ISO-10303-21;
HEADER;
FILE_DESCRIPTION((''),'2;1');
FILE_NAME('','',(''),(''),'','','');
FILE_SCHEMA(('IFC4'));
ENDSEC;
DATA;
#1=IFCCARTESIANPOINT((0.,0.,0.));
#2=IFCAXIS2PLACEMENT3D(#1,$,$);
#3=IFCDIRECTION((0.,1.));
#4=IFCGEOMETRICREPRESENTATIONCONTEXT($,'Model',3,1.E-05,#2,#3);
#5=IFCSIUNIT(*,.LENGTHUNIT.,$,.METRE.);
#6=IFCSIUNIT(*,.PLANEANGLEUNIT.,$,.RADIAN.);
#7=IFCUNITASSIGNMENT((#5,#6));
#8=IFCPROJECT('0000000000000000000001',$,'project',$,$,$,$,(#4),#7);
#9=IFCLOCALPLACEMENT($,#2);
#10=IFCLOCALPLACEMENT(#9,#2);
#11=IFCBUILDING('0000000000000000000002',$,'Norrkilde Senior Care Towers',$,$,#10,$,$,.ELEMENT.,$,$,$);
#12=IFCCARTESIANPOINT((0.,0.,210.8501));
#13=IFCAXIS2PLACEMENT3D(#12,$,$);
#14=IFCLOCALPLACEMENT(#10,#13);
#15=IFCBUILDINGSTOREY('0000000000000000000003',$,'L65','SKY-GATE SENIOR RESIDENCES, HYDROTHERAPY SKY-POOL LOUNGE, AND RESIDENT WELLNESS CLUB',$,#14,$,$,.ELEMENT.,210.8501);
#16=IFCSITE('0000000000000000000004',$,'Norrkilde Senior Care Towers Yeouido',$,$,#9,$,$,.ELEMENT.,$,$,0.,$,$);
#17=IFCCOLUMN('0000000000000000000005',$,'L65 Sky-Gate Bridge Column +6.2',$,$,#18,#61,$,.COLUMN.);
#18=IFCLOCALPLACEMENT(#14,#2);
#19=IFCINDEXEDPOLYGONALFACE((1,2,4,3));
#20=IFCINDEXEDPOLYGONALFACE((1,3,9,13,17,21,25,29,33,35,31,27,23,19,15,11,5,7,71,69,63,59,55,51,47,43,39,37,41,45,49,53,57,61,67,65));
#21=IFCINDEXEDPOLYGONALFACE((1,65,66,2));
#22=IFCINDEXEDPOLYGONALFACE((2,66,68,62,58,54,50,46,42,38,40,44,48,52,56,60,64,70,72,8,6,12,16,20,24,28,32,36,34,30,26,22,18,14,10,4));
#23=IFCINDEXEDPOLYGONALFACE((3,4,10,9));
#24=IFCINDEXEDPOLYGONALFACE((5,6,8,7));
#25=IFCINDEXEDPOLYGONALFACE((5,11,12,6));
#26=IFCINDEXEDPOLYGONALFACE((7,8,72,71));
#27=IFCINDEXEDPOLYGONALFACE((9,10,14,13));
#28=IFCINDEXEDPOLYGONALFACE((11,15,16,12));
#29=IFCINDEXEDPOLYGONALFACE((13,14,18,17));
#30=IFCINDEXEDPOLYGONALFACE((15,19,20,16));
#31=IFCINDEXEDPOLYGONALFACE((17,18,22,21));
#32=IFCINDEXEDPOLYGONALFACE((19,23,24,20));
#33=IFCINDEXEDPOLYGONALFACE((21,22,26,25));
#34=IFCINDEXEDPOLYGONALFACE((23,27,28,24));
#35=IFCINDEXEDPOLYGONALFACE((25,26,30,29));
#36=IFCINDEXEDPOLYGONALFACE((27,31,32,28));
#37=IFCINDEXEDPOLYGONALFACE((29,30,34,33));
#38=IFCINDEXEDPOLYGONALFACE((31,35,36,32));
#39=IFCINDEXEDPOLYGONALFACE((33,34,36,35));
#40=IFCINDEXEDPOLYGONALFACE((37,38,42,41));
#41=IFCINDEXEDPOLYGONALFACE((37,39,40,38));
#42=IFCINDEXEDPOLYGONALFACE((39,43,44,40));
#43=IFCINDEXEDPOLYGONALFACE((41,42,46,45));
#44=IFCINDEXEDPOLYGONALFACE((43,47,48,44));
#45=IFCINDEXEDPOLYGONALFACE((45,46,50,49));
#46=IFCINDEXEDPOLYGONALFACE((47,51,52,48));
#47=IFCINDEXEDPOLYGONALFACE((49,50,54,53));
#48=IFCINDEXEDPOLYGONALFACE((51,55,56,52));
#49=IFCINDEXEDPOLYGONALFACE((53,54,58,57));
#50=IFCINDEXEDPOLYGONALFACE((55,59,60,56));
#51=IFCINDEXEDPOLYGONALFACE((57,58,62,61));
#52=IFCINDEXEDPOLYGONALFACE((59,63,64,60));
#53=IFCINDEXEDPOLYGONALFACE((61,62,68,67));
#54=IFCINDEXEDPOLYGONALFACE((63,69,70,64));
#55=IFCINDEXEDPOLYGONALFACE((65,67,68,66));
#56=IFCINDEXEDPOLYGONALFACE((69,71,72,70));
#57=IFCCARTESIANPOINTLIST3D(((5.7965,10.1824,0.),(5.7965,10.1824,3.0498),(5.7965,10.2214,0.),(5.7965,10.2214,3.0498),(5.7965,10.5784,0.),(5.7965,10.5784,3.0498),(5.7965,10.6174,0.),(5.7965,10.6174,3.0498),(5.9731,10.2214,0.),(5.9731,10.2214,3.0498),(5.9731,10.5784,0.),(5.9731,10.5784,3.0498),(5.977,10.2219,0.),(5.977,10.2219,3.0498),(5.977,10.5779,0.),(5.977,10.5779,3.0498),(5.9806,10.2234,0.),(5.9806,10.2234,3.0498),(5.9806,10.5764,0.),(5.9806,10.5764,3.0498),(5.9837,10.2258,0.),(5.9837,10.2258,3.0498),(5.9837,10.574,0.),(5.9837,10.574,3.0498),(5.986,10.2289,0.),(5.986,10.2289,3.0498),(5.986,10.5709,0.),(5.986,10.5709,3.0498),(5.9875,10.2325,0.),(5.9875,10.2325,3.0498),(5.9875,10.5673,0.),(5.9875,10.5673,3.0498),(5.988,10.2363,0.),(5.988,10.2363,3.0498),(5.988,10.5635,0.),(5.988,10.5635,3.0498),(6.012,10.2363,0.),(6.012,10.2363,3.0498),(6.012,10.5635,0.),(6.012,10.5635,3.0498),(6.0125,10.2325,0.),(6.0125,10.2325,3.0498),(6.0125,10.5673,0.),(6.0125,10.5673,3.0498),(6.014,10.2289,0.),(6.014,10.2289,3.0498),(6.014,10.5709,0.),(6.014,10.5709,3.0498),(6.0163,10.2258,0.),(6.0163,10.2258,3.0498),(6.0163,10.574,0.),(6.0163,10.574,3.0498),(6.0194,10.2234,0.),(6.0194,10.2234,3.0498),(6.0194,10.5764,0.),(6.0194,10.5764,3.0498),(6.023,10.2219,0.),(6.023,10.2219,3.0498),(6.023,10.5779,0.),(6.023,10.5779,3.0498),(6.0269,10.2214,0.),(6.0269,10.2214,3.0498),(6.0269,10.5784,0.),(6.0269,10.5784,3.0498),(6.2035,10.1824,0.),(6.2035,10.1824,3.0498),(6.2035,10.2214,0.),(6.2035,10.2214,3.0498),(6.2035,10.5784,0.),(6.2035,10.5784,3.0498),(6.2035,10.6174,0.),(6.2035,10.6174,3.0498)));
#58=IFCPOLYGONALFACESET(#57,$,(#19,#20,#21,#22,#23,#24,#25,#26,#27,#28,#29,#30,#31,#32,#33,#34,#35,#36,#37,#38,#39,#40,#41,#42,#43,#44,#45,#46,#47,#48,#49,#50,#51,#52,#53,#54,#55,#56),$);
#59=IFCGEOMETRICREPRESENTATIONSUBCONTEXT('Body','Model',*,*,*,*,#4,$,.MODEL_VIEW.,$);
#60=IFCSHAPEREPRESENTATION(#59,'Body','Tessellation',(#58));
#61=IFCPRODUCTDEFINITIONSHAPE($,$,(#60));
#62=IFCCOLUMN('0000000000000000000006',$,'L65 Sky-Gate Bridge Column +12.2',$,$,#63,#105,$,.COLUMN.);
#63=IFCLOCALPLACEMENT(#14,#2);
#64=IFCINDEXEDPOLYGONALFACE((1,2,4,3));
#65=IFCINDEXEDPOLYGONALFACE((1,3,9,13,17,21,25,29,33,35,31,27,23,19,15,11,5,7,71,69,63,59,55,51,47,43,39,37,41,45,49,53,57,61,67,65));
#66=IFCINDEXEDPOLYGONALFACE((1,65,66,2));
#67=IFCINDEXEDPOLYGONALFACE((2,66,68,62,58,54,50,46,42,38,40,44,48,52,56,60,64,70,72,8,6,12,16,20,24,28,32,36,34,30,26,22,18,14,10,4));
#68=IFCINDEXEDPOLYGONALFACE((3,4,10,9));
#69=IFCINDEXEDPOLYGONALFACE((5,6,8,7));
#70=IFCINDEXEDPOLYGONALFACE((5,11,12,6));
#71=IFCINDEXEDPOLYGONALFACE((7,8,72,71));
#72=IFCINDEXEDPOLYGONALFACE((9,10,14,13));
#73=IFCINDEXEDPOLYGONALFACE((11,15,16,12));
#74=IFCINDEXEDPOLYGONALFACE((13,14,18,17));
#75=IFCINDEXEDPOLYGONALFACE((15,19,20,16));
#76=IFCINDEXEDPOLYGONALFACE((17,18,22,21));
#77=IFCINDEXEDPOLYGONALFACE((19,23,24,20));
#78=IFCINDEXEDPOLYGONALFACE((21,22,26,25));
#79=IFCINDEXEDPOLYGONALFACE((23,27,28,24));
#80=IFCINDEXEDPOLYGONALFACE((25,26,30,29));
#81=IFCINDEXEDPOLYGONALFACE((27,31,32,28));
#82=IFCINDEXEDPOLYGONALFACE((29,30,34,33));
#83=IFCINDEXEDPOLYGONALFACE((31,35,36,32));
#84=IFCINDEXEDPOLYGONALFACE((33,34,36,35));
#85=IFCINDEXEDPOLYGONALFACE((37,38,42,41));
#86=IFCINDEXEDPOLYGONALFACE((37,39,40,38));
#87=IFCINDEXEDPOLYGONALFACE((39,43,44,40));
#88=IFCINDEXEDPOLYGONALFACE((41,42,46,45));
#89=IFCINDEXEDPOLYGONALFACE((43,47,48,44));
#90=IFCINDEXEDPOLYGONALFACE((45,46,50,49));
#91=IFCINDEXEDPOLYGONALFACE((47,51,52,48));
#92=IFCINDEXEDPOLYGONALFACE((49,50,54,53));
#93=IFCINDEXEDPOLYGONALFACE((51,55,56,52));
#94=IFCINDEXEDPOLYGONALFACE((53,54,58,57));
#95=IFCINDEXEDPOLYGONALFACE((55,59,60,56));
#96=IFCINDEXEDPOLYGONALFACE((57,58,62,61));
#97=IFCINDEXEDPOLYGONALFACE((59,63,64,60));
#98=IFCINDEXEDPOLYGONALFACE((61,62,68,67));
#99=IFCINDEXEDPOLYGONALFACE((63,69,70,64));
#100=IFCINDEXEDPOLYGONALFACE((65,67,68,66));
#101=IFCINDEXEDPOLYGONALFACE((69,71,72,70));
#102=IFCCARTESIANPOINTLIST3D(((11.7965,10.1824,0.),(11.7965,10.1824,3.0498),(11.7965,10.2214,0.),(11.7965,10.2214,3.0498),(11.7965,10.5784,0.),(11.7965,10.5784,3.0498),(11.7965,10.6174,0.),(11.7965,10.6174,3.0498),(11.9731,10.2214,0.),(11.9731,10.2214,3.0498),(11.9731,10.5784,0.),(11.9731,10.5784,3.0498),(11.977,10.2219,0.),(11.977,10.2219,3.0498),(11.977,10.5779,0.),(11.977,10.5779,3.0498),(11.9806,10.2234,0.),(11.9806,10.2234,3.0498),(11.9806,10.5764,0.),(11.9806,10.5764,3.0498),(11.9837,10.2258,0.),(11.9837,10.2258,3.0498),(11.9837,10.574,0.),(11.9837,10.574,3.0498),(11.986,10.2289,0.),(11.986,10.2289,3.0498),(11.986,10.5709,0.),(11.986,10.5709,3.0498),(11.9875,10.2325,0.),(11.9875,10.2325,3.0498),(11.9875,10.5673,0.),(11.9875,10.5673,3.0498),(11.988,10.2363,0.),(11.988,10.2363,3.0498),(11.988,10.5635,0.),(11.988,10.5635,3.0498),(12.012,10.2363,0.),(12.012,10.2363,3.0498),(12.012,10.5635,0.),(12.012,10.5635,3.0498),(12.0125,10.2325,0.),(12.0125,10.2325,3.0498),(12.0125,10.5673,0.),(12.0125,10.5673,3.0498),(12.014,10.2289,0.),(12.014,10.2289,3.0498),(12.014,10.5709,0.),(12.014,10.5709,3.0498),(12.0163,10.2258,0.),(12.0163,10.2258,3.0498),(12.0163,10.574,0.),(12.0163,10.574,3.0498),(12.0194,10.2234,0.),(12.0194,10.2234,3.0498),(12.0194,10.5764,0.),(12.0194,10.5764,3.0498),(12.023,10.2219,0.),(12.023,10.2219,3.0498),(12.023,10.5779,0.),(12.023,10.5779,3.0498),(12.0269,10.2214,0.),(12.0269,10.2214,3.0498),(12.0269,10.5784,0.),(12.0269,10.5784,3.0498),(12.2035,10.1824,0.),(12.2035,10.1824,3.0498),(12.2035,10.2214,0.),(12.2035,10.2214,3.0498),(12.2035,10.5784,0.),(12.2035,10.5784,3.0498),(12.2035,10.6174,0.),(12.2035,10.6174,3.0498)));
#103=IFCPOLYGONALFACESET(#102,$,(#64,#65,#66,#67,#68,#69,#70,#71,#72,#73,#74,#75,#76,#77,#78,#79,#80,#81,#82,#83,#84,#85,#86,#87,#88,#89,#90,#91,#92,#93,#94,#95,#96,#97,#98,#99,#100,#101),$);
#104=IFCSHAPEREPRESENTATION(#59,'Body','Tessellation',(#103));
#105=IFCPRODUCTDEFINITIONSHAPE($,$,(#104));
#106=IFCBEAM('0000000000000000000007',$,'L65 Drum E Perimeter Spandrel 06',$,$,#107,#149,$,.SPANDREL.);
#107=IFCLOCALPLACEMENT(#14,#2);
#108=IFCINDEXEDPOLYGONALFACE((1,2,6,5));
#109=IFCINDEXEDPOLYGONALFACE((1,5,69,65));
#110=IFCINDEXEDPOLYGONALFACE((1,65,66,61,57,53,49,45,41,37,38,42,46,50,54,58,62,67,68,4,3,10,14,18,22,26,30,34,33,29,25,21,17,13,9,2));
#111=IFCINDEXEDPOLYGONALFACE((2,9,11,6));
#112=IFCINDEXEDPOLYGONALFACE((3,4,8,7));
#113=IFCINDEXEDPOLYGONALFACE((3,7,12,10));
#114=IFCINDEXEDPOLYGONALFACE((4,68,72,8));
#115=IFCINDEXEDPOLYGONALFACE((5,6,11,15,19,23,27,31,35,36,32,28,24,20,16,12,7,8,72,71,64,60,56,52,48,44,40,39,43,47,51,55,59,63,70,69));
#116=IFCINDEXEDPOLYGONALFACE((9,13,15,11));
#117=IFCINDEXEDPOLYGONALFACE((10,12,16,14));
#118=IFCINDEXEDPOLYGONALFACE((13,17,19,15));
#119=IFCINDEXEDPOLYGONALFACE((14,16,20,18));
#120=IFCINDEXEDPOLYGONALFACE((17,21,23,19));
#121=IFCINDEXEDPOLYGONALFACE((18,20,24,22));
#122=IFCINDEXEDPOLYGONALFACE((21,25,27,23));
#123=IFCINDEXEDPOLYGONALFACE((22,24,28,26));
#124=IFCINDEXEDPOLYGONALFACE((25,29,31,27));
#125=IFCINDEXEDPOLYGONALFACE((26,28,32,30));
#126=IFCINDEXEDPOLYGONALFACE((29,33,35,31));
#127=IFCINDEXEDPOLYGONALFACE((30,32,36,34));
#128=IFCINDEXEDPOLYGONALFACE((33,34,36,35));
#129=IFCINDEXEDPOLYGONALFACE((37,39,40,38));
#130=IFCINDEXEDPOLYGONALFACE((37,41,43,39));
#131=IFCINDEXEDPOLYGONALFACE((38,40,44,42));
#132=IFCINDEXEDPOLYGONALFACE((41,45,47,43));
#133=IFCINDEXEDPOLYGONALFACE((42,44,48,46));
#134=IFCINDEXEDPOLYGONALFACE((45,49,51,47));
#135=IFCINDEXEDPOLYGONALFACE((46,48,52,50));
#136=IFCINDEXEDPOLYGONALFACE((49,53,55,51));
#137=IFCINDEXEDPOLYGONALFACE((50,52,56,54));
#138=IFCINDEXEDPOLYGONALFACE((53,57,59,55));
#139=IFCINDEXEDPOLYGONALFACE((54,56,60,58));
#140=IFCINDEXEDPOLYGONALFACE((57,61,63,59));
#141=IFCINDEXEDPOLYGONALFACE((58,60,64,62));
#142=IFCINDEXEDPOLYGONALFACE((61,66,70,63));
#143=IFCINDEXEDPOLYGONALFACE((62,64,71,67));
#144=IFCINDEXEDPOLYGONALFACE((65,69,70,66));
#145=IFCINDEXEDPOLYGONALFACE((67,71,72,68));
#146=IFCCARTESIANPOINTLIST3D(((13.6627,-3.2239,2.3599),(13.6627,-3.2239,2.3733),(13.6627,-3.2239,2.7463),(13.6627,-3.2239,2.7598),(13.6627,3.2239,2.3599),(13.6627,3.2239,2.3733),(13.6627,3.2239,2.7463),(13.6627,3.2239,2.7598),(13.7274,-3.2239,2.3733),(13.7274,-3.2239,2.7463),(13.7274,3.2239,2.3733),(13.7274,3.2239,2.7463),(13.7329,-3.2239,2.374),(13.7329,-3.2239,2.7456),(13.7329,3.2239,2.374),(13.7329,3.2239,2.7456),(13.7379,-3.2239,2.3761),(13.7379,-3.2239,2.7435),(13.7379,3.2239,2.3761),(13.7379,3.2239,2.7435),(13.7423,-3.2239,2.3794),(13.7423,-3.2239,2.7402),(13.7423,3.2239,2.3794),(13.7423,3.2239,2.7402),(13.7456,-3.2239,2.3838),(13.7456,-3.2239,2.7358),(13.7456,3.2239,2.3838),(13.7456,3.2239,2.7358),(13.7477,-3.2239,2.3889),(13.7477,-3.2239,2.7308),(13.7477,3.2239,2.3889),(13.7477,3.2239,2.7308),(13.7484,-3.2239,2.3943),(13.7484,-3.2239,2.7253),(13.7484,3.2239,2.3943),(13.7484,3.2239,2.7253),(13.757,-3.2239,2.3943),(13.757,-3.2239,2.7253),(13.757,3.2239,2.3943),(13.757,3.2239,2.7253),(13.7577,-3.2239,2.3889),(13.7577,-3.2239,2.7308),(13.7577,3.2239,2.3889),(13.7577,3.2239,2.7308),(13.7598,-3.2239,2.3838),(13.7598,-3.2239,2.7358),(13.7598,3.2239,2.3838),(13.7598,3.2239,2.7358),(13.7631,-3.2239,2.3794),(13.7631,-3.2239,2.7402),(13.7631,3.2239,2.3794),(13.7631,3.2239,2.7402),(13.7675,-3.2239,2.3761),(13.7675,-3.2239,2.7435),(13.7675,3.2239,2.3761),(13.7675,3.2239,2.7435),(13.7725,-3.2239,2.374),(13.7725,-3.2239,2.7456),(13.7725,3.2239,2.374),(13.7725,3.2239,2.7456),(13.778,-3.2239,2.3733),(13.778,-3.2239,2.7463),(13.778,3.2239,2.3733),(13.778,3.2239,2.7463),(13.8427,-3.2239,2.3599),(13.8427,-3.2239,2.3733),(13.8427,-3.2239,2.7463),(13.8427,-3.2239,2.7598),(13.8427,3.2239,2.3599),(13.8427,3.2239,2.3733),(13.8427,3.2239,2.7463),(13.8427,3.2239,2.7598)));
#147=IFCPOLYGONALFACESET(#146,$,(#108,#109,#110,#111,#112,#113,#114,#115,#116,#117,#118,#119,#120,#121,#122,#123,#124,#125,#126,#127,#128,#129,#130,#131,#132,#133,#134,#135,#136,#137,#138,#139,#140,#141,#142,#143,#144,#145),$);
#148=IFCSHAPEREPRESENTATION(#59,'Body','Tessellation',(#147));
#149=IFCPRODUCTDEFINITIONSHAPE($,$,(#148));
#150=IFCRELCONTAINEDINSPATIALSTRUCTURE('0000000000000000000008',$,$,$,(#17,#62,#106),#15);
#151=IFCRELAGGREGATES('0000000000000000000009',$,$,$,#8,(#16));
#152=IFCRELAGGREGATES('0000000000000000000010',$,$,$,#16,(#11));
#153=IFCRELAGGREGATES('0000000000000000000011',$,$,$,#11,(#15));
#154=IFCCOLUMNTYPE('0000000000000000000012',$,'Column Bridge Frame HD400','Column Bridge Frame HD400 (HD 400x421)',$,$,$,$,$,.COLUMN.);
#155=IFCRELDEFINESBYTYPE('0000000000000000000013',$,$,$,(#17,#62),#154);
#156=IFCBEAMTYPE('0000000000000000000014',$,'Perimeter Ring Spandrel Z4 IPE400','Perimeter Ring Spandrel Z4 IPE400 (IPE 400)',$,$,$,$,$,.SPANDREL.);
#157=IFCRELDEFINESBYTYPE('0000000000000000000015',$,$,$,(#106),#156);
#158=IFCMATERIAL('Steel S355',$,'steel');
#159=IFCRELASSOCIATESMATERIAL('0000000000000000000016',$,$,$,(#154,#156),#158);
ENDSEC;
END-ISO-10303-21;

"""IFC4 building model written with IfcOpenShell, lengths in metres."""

from ifc_helpers import new_model, si_unit, direction, frame, origin, origin_2d, place, context, subcontext, project, spatial, i_section, extrude, source, transform, mapped, material, material_profile, profile_set, type_object, type_shapes, element, save


model = new_model("IFC4")

# Units and contexts
model_context = context("Model", 3, precision=1e-05, world=origin(), true_north=direction((0.0, 1.0)))
body_context = subcontext(model_context, "Body", "Model", "MODEL_VIEW")
ifc_project = project(units=[si_unit("LENGTHUNIT", "METRE"), si_unit("PLANEANGLEUNIT", "RADIAN")], contexts=[model_context])

# Site, building, storey
site_placement = place(None, origin())
site = spatial("IfcSite", under=ifc_project, at=site_placement, Name="Norrkilde Senior Care Towers Yeouido", CompositionType="ELEMENT", RefElevation=0.0)
building_placement = place(site_placement, origin())
building = spatial("IfcBuilding", under=site, at=building_placement, Name="Norrkilde Senior Care Towers", CompositionType="ELEMENT")
storey_placement = place(building_placement, frame((0.0, 0.0, 210.8501)))
storey = spatial("IfcBuildingStorey", under=building, at=storey_placement, Name="L65", Description="SKY-GATE SENIOR RESIDENCES, HYDROTHERAPY SKY-POOL LOUNGE, AND RESIDENT WELLNESS CLUB", CompositionType="ELEMENT", Elevation=210.8501)

# Columns
ifc_material_1 = material(Name="Steel S355", Category="steel")
ifc_material_profile_1 = material_profile(ifc_material_1, i_section(OverallWidth=0.407, OverallDepth=0.4351, WebThickness=0.0239, FlangeThickness=0.0391, FilletRadius=0.0149, at=origin_2d()), Name="HD 400x421")
ifc_profile_set_1 = profile_set([ifc_material_profile_1], Name="Steel S355")
column_type = type_object("IfcColumnType", Name="Column Bridge Frame HD400", Description="Column Bridge Frame HD400 (HD 400x421)", PredefinedType="COLUMN", material=ifc_profile_set_1)
shared_shape_1 = source(origin(), body_context, "Body", "SweptSolid", [
    extrude(i_section(OverallWidth=0.407, OverallDepth=0.4351, WebThickness=0.0239, FlangeThickness=0.0391, FilletRadius=0.0149, at=origin_2d()), origin(), (0.0, 0.0, 1.0), 3.0498),
])
type_shapes(column_type, [shared_shape_1])
for number, where, z_axis, x_axis, name in (
    (1, (6.0, 10.3999, 0.0), (0.0, 0.0, 1.0), (1.0, 0.0, 0.0), "L65 Sky-Gate Bridge Column +6.2"),
    (2, (12.0, 10.3999, 0.0), (0.0, 0.0, 1.0), (1.0, 0.0, 0.0), "L65 Sky-Gate Bridge Column +12.2"),
):
    element("IfcColumn", number, at=place(storey_placement, frame(where, z_axis=z_axis, x_axis=x_axis)), inside=storey, type_object=column_type, Name=name, PredefinedType="COLUMN", context=body_context, shape_type="MappedRepresentation", body=[
        mapped(shared_shape_1, transform((0.0, 0.0, 0.0), x_axis=(1.0, 0.0, 0.0), y_axis=(0.0, 1.0, 0.0), z_axis=(0.0, 0.0, 1.0), scale=1.0)),
    ])

# Beam
ifc_material_profile_2 = material_profile(ifc_material_1, i_section(OverallWidth=0.1799, OverallDepth=0.3999, WebThickness=0.0085, FlangeThickness=0.0134, FilletRadius=0.021, at=origin_2d()), Name="IPE 400")
ifc_profile_set_2 = profile_set([ifc_material_profile_2], Name="Steel S355")
beam_type_1 = type_object("IfcBeamType", Name="Perimeter Ring Spandrel Z4 IPE400", Description="Perimeter Ring Spandrel Z4 IPE400 (IPE 400)", PredefinedType="SPANDREL", material=ifc_profile_set_2)
shared_shape_2 = source(origin(), body_context, "Body", "SweptSolid", [
    extrude(i_section(OverallWidth=0.1799, OverallDepth=0.3999, WebThickness=0.0085, FlangeThickness=0.0134, FilletRadius=0.021, at=origin_2d()), origin(), (0.0, 0.0, 1.0), 6.4478),
])
type_shapes(beam_type_1, [shared_shape_2])
beam_1_placement = place(storey_placement, frame((13.7527, 3.2239, 2.5598), z_axis=(0.0, -1.0, 0.0), x_axis=(1.0, 0.0, 0.0)))
element("IfcBeam", 3, at=beam_1_placement, inside=storey, type_object=beam_type_1, Name="L65 Drum E Perimeter Spandrel 06", PredefinedType="SPANDREL", context=body_context, shape_type="MappedRepresentation", body=[
    mapped(shared_shape_2, transform((0.0, 0.0, 0.0), x_axis=(1.0, 0.0, 0.0), y_axis=(0.0, 1.0, 0.0), z_axis=(0.0, 0.0, 1.0), scale=1.0)),
])

save(model, "model.ifc")
